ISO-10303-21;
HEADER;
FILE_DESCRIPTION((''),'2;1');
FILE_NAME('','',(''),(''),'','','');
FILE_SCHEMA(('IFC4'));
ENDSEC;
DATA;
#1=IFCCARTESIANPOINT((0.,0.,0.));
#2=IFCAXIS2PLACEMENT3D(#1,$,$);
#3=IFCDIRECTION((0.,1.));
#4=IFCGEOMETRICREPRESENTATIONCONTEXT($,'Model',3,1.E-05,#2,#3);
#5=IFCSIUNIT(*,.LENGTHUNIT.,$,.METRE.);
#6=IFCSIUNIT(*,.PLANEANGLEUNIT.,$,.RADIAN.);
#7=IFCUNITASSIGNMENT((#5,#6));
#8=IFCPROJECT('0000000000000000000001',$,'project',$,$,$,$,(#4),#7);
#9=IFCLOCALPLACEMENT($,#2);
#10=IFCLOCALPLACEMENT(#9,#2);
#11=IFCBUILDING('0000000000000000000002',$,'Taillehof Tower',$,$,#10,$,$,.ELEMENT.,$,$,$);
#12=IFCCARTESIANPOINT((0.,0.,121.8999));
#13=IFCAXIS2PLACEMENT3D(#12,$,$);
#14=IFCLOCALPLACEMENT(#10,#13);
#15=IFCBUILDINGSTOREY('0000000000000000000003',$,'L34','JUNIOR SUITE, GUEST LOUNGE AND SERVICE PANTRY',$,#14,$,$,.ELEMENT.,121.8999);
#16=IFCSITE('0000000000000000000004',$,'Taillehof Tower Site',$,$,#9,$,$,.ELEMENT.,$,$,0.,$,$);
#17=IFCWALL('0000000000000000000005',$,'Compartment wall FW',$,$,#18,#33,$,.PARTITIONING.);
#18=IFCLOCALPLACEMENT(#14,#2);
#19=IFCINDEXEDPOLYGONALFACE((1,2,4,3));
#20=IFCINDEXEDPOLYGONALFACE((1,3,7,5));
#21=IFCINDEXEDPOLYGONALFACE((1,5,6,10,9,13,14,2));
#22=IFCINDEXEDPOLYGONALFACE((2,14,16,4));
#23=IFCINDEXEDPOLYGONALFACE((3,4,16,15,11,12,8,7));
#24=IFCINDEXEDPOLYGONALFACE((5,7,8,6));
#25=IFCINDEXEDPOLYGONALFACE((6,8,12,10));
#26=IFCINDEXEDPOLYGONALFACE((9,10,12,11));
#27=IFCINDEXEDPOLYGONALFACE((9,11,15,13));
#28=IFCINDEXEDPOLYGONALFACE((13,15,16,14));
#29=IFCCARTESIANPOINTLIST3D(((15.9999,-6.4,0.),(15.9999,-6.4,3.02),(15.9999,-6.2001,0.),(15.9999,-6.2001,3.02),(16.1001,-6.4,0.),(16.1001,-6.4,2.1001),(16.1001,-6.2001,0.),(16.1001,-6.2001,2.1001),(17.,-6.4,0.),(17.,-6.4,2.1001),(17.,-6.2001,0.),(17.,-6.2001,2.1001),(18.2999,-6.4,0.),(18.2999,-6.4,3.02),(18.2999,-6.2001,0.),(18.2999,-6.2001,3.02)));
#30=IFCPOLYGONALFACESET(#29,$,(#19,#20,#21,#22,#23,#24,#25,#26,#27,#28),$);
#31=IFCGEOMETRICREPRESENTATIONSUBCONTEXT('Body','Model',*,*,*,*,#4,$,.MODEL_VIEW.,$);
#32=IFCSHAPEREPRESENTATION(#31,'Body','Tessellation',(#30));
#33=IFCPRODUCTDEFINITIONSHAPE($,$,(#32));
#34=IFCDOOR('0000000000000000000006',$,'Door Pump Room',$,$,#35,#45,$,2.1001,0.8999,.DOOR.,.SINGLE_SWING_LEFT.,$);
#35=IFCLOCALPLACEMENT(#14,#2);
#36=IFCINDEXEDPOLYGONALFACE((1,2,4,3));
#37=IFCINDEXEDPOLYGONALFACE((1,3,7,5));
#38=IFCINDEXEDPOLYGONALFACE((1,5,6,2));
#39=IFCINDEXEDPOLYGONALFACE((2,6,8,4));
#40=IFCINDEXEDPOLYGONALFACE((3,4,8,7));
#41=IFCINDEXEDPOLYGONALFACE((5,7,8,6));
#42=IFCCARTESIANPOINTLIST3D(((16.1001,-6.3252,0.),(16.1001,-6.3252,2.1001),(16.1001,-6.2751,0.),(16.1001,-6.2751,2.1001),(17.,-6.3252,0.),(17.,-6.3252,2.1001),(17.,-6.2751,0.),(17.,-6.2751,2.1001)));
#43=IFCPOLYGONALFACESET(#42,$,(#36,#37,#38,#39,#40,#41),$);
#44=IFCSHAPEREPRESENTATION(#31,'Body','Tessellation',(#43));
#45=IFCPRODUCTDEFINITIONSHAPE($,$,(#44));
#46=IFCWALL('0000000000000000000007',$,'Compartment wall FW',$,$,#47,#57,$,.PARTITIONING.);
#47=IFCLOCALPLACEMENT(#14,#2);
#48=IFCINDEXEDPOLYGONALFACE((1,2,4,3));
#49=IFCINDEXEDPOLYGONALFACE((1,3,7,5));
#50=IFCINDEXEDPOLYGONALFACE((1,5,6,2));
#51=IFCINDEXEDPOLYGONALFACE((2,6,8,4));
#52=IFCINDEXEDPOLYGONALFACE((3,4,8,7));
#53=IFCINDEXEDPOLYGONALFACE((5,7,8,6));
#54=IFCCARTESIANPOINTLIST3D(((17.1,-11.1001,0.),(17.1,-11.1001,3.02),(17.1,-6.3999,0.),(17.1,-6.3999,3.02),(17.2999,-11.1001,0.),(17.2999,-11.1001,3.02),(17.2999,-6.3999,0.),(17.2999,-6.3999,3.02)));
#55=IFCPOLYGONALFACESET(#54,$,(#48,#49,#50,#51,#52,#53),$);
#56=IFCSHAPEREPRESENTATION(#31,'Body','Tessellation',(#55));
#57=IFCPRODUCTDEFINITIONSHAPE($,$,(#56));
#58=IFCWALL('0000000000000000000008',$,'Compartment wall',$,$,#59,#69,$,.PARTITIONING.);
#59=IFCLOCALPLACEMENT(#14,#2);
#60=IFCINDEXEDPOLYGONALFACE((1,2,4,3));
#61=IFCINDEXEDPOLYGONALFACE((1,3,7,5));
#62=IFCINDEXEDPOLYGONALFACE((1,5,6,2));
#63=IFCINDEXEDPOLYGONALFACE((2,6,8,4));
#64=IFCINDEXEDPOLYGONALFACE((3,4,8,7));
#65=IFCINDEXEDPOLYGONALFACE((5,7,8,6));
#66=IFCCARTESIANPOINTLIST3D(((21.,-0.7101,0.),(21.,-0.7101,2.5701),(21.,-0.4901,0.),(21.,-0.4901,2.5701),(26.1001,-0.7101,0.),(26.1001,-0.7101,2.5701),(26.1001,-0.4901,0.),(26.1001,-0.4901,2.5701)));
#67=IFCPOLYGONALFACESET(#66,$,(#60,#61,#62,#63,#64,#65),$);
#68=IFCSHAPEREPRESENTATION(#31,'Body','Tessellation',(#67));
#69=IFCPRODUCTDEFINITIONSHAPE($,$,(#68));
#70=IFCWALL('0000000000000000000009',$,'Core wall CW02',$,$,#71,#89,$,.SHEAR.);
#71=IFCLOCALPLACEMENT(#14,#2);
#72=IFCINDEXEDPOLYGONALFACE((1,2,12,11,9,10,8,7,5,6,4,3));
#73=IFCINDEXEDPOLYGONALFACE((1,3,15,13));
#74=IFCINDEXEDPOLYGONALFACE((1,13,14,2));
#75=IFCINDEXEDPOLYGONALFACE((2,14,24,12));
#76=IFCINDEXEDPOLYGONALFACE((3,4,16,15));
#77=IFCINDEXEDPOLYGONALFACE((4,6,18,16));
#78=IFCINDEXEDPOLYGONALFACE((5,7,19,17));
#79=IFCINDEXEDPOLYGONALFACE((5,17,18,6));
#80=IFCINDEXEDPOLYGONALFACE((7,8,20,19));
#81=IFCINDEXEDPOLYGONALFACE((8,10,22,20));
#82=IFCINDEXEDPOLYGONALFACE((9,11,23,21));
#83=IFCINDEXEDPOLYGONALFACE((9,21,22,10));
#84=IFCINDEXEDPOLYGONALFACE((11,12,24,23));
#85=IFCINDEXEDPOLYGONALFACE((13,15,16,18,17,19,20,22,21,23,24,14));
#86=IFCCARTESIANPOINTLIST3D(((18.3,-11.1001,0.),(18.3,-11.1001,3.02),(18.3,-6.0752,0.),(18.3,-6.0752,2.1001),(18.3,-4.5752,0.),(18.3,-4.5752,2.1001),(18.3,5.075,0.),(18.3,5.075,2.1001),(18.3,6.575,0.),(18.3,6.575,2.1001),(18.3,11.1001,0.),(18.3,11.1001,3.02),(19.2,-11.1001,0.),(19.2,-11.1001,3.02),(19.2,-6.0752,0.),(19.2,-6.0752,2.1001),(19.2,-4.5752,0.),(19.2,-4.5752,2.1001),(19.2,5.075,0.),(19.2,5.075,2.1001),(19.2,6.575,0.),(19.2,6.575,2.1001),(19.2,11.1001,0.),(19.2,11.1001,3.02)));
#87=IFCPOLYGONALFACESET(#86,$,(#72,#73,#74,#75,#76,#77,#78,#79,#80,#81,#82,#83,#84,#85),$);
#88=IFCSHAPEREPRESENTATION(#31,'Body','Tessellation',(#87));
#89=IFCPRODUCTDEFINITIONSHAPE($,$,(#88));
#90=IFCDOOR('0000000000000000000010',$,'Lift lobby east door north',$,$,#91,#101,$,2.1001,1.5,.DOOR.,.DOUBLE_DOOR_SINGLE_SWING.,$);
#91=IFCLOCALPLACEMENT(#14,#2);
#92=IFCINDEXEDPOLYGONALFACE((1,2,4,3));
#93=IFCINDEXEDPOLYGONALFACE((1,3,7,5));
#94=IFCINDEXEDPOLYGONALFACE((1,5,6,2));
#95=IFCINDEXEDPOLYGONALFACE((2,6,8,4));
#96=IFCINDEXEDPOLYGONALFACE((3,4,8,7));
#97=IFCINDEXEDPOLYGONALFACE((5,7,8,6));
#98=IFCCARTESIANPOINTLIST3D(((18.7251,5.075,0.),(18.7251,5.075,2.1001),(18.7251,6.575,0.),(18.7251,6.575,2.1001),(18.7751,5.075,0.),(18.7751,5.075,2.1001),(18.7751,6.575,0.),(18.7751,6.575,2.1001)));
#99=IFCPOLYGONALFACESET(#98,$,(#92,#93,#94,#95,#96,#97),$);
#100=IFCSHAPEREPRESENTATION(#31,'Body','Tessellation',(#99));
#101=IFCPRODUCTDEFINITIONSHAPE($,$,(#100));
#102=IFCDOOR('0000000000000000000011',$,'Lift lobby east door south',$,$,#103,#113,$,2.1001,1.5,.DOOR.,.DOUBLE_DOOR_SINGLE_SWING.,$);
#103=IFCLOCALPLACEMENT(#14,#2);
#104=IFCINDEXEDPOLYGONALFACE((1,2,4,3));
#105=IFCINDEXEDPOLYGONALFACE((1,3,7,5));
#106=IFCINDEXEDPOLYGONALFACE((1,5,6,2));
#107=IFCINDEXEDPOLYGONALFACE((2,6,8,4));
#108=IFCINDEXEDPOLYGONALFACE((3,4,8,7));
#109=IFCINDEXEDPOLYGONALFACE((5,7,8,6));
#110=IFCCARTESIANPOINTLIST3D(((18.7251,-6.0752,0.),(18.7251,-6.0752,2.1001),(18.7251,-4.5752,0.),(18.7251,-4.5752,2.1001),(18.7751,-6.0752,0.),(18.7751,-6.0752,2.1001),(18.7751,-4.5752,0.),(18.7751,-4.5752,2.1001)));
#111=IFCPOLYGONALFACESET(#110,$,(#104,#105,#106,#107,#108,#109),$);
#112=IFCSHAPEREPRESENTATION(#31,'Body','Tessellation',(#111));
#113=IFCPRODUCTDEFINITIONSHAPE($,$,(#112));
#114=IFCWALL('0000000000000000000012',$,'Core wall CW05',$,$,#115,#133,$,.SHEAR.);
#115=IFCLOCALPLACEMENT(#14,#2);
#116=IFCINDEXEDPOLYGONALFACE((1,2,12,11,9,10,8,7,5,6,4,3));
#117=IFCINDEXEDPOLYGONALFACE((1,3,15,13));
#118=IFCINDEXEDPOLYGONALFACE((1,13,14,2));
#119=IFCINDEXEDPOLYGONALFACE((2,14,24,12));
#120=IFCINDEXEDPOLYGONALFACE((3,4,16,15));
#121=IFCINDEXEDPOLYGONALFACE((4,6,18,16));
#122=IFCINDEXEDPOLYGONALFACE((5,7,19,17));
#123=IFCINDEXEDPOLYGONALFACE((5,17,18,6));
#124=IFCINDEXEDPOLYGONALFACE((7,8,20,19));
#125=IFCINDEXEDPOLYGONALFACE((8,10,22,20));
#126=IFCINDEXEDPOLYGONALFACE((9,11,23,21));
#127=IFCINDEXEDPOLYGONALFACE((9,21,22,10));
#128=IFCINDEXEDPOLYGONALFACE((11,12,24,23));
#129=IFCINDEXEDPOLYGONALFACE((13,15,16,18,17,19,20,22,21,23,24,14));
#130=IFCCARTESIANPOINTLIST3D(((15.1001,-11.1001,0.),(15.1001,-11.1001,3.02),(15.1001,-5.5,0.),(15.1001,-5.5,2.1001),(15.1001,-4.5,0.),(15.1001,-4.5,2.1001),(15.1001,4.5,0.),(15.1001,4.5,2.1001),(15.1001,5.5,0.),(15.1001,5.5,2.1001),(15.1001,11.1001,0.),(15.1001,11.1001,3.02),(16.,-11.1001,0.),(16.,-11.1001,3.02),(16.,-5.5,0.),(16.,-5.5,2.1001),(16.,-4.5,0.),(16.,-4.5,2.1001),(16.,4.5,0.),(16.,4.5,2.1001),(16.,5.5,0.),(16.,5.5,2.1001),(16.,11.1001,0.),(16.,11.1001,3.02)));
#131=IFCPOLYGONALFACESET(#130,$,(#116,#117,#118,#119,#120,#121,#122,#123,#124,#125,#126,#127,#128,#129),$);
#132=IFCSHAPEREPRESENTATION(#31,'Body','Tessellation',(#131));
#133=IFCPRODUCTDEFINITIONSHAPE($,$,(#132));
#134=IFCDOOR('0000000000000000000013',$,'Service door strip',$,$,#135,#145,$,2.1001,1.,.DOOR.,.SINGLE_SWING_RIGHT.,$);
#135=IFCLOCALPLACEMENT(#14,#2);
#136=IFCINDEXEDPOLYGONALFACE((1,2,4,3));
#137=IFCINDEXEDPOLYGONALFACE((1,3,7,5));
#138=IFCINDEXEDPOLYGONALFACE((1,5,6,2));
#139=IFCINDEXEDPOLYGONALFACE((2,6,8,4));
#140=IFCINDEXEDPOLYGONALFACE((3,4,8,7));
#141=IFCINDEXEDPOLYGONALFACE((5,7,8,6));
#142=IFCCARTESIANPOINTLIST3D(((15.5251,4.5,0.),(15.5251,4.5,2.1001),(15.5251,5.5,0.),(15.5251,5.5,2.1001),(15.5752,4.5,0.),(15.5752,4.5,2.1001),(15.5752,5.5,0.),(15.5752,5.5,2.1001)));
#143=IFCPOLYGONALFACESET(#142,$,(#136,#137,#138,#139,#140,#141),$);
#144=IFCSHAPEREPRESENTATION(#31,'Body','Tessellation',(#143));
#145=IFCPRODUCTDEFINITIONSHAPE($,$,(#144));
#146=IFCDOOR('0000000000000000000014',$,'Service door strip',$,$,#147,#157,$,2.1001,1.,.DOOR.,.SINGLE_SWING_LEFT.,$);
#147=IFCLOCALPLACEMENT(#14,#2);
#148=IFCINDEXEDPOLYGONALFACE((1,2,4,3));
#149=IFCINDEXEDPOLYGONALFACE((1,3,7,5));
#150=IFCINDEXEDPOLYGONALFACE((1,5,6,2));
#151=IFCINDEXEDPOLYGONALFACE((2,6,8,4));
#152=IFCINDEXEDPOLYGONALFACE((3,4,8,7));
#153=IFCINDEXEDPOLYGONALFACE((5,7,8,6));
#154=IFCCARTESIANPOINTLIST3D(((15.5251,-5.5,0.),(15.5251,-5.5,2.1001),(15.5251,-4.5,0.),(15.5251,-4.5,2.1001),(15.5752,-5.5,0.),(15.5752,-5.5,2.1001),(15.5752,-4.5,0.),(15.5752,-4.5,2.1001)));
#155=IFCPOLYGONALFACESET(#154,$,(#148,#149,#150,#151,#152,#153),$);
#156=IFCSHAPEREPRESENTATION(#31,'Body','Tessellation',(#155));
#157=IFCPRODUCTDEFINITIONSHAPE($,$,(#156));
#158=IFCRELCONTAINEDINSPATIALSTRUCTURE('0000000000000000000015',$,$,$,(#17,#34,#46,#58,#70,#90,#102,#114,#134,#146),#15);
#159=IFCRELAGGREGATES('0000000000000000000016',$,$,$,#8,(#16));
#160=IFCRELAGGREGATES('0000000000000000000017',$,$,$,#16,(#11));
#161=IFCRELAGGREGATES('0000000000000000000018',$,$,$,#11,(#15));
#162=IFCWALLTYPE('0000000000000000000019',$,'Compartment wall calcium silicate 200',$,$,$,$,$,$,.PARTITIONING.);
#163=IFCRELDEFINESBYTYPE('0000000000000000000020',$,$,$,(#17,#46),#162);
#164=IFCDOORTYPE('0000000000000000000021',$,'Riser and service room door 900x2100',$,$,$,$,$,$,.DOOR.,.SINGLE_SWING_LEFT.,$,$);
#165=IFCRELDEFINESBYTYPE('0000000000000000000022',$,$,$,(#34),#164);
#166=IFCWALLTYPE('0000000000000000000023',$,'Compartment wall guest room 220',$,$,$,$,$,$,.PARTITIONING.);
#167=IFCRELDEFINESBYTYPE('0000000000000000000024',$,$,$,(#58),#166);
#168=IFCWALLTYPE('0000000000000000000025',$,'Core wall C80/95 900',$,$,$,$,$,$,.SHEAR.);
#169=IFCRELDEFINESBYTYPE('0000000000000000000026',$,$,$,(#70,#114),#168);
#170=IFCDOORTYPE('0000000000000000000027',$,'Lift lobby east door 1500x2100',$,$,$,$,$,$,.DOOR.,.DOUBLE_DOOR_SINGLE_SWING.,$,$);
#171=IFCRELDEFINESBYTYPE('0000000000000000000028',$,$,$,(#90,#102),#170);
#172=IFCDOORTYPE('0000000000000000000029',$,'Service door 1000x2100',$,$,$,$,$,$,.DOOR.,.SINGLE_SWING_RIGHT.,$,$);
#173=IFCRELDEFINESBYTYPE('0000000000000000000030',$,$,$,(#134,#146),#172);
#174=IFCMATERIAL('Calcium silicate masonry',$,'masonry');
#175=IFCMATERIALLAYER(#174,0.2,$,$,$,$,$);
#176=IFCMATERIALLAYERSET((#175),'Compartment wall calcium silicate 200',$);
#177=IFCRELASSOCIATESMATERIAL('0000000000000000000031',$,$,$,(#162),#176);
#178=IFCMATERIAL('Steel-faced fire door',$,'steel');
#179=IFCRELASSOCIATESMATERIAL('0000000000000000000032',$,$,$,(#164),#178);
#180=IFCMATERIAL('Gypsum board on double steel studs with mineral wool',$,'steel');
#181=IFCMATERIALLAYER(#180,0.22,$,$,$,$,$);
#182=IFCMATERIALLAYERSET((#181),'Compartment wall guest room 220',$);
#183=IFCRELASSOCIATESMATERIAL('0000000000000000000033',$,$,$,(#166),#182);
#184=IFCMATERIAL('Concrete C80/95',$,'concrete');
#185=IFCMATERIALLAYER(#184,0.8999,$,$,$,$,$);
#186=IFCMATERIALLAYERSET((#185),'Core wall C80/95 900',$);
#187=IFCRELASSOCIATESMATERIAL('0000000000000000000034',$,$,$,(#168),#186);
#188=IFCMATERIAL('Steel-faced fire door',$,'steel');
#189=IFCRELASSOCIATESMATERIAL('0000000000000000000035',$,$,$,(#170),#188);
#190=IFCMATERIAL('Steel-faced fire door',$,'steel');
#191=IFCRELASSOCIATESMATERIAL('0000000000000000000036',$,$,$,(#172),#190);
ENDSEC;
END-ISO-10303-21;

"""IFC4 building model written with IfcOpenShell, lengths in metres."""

from ifc_helpers import new_model, si_unit, direction, frame, frame_2d, origin, place, context, subcontext, project, spatial, rectangle, extrude, material, layer, layer_set, type_object, element, fill, save


model = new_model("IFC4")

# Units and contexts
model_context = context("Model", 3, precision=1e-05, world=origin(), true_north=direction((0.0, 1.0)))
body_context = subcontext(model_context, "Body", "Model", "MODEL_VIEW")
ifc_project = project(units=[si_unit("LENGTHUNIT", "METRE"), si_unit("PLANEANGLEUNIT", "RADIAN")], contexts=[model_context])

# Site, building, storey
site_placement = place(None, origin())
site = spatial("IfcSite", under=ifc_project, at=site_placement, Name="Taillehof Tower Site", CompositionType="ELEMENT", RefElevation=0.0)
building_placement = place(site_placement, origin())
building = spatial("IfcBuilding", under=site, at=building_placement, Name="Taillehof Tower", CompositionType="ELEMENT")
storey_placement = place(building_placement, frame((0.0, 0.0, 121.8999)))
storey = spatial("IfcBuildingStorey", under=building, at=storey_placement, Name="L34", Description="JUNIOR SUITE, GUEST LOUNGE AND SERVICE PANTRY", CompositionType="ELEMENT", Elevation=121.8999)

# Shared definitions
ifc_material_1 = material(Name="Calcium silicate masonry", Category="masonry")
ifc_layer_1 = layer(ifc_material_1, 0.2)
ifc_layer_set_1 = layer_set([ifc_layer_1], Name="Compartment wall calcium silicate 200")
wall_type_1 = type_object("IfcWallType", Name="Compartment wall calcium silicate 200", PredefinedType="PARTITIONING", material=ifc_layer_set_1)

# Wall, opening, door
wall_1_placement = place(storey_placement, frame((16.0, -6.3, 0.0), z_axis=(0.0, 0.0, 1.0), x_axis=(1.0, 0.0, 0.0)))
wall_1 = element("IfcWall", 1, at=wall_1_placement, inside=storey, type_object=wall_type_1, Name="Compartment wall FW", PredefinedType="PARTITIONING", context=body_context, shape_type="SweptSolid", body=[
    extrude(rectangle(XDim=2.3, YDim=0.2, at=frame_2d((1.1499, 0.0))), origin(), (0.0, 0.0, 1.0), 3.02),
])
opening_1_placement = place(wall_1_placement, frame((0.1001, 0.0, 0.0)))
opening_1 = element("IfcOpeningElement", 2, at=opening_1_placement, cuts=wall_1, PredefinedType="OPENING", context=body_context, shape_type="SweptSolid", body=[
    extrude(rectangle(XDim=0.8999, YDim=2.1001, at=frame_2d((0.45, 1.05))), frame((0.0, 0.1099, 0.0), z_axis=(0.0, -1.0, 0.0), x_axis=(1.0, 0.0, 0.0)), (0.0, 0.0, 1.0), 0.22),
])
ifc_material_2 = material(Name="Steel-faced fire door", Category="steel")
door_type_1 = type_object("IfcDoorType", Name="Riser and service room door 900x2100", OperationType="SINGLE_SWING_LEFT", PredefinedType="DOOR", material=ifc_material_2)
door_1_placement = place(opening_1_placement, origin())
door_1 = element("IfcDoor", 3, at=door_1_placement, inside=storey, type_object=door_type_1, Name="Door Pump Room", OperationType="SINGLE_SWING_LEFT", OverallHeight=2.1001, OverallWidth=0.8999, PredefinedType="DOOR", context=body_context, shape_type="SweptSolid", body=[
    extrude(rectangle(XDim=0.8999, YDim=2.1001, at=frame_2d((0.45, 1.05))), frame((0.0, 0.0249, 0.0), z_axis=(0.0, -1.0, 0.0), x_axis=(1.0, 0.0, 0.0)), (0.0, 0.0, 1.0), 0.05),
])
fill(opening_1, door_1)

# Walls
wall_2_placement = place(storey_placement, frame((17.2, -11.1001, 0.0), z_axis=(0.0, 0.0, 1.0), x_axis=(0.0, 1.0, 0.0)))
element("IfcWall", 4, at=wall_2_placement, inside=storey, type_object=wall_type_1, Name="Compartment wall FW", PredefinedType="PARTITIONING", context=body_context, shape_type="SweptSolid", body=[
    extrude(rectangle(XDim=4.7002, YDim=0.2, at=frame_2d((2.3501, 0.0))), origin(), (0.0, 0.0, 1.0), 3.02),
])
ifc_material_3 = material(Name="Gypsum board on double steel studs with mineral wool", Category="steel")
ifc_layer_2 = layer(ifc_material_3, 0.22)
ifc_layer_set_2 = layer_set([ifc_layer_2], Name="Compartment wall guest room 220")
wall_type_2 = type_object("IfcWallType", Name="Compartment wall guest room 220", PredefinedType="PARTITIONING", material=ifc_layer_set_2)
wall_3_placement = place(storey_placement, frame((26.1001, -0.6001, 0.0), z_axis=(0.0, 0.0, 1.0), x_axis=(-1.0, 0.0, 0.0)))
element("IfcWall", 5, at=wall_3_placement, inside=storey, type_object=wall_type_2, Name="Compartment wall", PredefinedType="PARTITIONING", context=body_context, shape_type="SweptSolid", body=[
    extrude(rectangle(XDim=5.1001, YDim=0.22, at=frame_2d((2.55, 0.0))), origin(), (0.0, 0.0, 1.0), 2.5701),
])

# Walls, openings, doors
ifc_material_4 = material(Name="Concrete C80/95", Category="concrete")
ifc_layer_3 = layer(ifc_material_4, 0.8999)
ifc_layer_set_3 = layer_set([ifc_layer_3], Name="Core wall C80/95 900")
wall_type_3 = type_object("IfcWallType", Name="Core wall C80/95 900", PredefinedType="SHEAR", material=ifc_layer_set_3)
wall_4_placement = place(storey_placement, frame((18.75, -11.1001, 0.0), z_axis=(0.0, 0.0, 1.0), x_axis=(0.0, 1.0, 0.0)))
wall_4 = element("IfcWall", 6, at=wall_4_placement, inside=storey, type_object=wall_type_3, Name="Core wall CW02", PredefinedType="SHEAR", context=body_context, shape_type="SweptSolid", body=[
    extrude(rectangle(XDim=22.2002, YDim=0.8999, at=frame_2d((11.1001, 0.0))), origin(), (0.0, 0.0, 1.0), 3.02),
])
opening_2_placement = place(wall_4_placement, frame((16.175, 0.0, 0.0)))
opening_2 = element("IfcOpeningElement", 7, at=opening_2_placement, cuts=wall_4, PredefinedType="OPENING", context=body_context, shape_type="SweptSolid", body=[
    extrude(rectangle(XDim=1.5, YDim=2.1001, at=frame_2d((0.75, 1.05))), frame((0.0, 0.46, 0.0), z_axis=(0.0, -1.0, 0.0), x_axis=(1.0, 0.0, 0.0)), (0.0, 0.0, 1.0), 0.9199),
])
opening_3_placement = place(wall_4_placement, frame((5.0249, 0.0, 0.0)))
opening_3 = element("IfcOpeningElement", 8, at=opening_3_placement, cuts=wall_4, PredefinedType="OPENING", context=body_context, shape_type="SweptSolid", body=[
    extrude(rectangle(XDim=1.5, YDim=2.1001, at=frame_2d((0.75, 1.05))), frame((0.0, 0.46, 0.0), z_axis=(0.0, -1.0, 0.0), x_axis=(1.0, 0.0, 0.0)), (0.0, 0.0, 1.0), 0.9199),
])
ifc_material_5 = material(Name="Steel-faced fire door", Category="steel")
door_type_2 = type_object("IfcDoorType", Name="Lift lobby east door 1500x2100", OperationType="DOUBLE_DOOR_SINGLE_SWING", PredefinedType="DOOR", material=ifc_material_5)
door_2_placement = place(opening_2_placement, origin())
door_2 = element("IfcDoor", 9, at=door_2_placement, inside=storey, type_object=door_type_2, Name="Lift lobby east door north", OperationType="DOUBLE_DOOR_SINGLE_SWING", OverallHeight=2.1001, OverallWidth=1.5, PredefinedType="DOOR", context=body_context, shape_type="SweptSolid", body=[
    extrude(rectangle(XDim=1.5, YDim=2.1001, at=frame_2d((0.75, 1.05))), frame((0.0, 0.0249, 0.0), z_axis=(0.0, -1.0, 0.0), x_axis=(1.0, 0.0, 0.0)), (0.0, 0.0, 1.0), 0.05),
])
fill(opening_2, door_2)
door_3_placement = place(opening_3_placement, origin())
door_3 = element("IfcDoor", 10, at=door_3_placement, inside=storey, type_object=door_type_2, Name="Lift lobby east door south", OperationType="DOUBLE_DOOR_SINGLE_SWING", OverallHeight=2.1001, OverallWidth=1.5, PredefinedType="DOOR", context=body_context, shape_type="SweptSolid", body=[
    extrude(rectangle(XDim=1.5, YDim=2.1001, at=frame_2d((0.75, 1.05))), frame((0.0, 0.0249, 0.0), z_axis=(0.0, -1.0, 0.0), x_axis=(1.0, 0.0, 0.0)), (0.0, 0.0, 1.0), 0.05),
])
fill(opening_3, door_3)
wall_5_placement = place(storey_placement, frame((15.55, -11.1001, 0.0), z_axis=(0.0, 0.0, 1.0), x_axis=(0.0, 1.0, 0.0)))
wall_5 = element("IfcWall", 11, at=wall_5_placement, inside=storey, type_object=wall_type_3, Name="Core wall CW05", PredefinedType="SHEAR", context=body_context, shape_type="SweptSolid", body=[
    extrude(rectangle(XDim=22.2002, YDim=0.8999, at=frame_2d((11.1001, 0.0))), origin(), (0.0, 0.0, 1.0), 3.02),
])
opening_4_placement = place(wall_5_placement, frame((15.6001, 0.0, 0.0)))
opening_4 = element("IfcOpeningElement", 12, at=opening_4_placement, cuts=wall_5, PredefinedType="OPENING", context=body_context, shape_type="SweptSolid", body=[
    extrude(rectangle(XDim=1.0, YDim=2.1001, at=frame_2d((0.5, 1.05))), frame((0.0, 0.46, 0.0), z_axis=(0.0, -1.0, 0.0), x_axis=(1.0, 0.0, 0.0)), (0.0, 0.0, 1.0), 0.9199),
])
opening_5_placement = place(wall_5_placement, frame((5.6001, 0.0, 0.0)))
opening_5 = element("IfcOpeningElement", 13, at=opening_5_placement, cuts=wall_5, PredefinedType="OPENING", context=body_context, shape_type="SweptSolid", body=[
    extrude(rectangle(XDim=1.0, YDim=2.1001, at=frame_2d((0.5, 1.05))), frame((0.0, 0.46, 0.0), z_axis=(0.0, -1.0, 0.0), x_axis=(1.0, 0.0, 0.0)), (0.0, 0.0, 1.0), 0.9199),
])
ifc_material_6 = material(Name="Steel-faced fire door", Category="steel")
door_type_3 = type_object("IfcDoorType", Name="Service door 1000x2100", OperationType="SINGLE_SWING_RIGHT", PredefinedType="DOOR", material=ifc_material_6)
door_4_placement = place(opening_4_placement, origin())
door_4 = element("IfcDoor", 14, at=door_4_placement, inside=storey, type_object=door_type_3, Name="Service door strip", OperationType="SINGLE_SWING_RIGHT", OverallHeight=2.1001, OverallWidth=1.0, PredefinedType="DOOR", context=body_context, shape_type="SweptSolid", body=[
    extrude(rectangle(XDim=1.0, YDim=2.1001, at=frame_2d((0.5, 1.05))), frame((0.0, 0.0249, 0.0), z_axis=(0.0, -1.0, 0.0), x_axis=(1.0, 0.0, 0.0)), (0.0, 0.0, 1.0), 0.05),
])
fill(opening_4, door_4)
door_5_placement = place(opening_5_placement, origin())
door_5 = element("IfcDoor", 15, at=door_5_placement, inside=storey, type_object=door_type_3, Name="Service door strip", OperationType="SINGLE_SWING_LEFT", OverallHeight=2.1001, OverallWidth=1.0, PredefinedType="DOOR", context=body_context, shape_type="SweptSolid", body=[
    extrude(rectangle(XDim=1.0, YDim=2.1001, at=frame_2d((0.5, 1.05))), frame((0.0, 0.0249, 0.0), z_axis=(0.0, -1.0, 0.0), x_axis=(1.0, 0.0, 0.0)), (0.0, 0.0, 1.0), 0.05),
])
fill(opening_5, door_5)

save(model, "model.ifc")
